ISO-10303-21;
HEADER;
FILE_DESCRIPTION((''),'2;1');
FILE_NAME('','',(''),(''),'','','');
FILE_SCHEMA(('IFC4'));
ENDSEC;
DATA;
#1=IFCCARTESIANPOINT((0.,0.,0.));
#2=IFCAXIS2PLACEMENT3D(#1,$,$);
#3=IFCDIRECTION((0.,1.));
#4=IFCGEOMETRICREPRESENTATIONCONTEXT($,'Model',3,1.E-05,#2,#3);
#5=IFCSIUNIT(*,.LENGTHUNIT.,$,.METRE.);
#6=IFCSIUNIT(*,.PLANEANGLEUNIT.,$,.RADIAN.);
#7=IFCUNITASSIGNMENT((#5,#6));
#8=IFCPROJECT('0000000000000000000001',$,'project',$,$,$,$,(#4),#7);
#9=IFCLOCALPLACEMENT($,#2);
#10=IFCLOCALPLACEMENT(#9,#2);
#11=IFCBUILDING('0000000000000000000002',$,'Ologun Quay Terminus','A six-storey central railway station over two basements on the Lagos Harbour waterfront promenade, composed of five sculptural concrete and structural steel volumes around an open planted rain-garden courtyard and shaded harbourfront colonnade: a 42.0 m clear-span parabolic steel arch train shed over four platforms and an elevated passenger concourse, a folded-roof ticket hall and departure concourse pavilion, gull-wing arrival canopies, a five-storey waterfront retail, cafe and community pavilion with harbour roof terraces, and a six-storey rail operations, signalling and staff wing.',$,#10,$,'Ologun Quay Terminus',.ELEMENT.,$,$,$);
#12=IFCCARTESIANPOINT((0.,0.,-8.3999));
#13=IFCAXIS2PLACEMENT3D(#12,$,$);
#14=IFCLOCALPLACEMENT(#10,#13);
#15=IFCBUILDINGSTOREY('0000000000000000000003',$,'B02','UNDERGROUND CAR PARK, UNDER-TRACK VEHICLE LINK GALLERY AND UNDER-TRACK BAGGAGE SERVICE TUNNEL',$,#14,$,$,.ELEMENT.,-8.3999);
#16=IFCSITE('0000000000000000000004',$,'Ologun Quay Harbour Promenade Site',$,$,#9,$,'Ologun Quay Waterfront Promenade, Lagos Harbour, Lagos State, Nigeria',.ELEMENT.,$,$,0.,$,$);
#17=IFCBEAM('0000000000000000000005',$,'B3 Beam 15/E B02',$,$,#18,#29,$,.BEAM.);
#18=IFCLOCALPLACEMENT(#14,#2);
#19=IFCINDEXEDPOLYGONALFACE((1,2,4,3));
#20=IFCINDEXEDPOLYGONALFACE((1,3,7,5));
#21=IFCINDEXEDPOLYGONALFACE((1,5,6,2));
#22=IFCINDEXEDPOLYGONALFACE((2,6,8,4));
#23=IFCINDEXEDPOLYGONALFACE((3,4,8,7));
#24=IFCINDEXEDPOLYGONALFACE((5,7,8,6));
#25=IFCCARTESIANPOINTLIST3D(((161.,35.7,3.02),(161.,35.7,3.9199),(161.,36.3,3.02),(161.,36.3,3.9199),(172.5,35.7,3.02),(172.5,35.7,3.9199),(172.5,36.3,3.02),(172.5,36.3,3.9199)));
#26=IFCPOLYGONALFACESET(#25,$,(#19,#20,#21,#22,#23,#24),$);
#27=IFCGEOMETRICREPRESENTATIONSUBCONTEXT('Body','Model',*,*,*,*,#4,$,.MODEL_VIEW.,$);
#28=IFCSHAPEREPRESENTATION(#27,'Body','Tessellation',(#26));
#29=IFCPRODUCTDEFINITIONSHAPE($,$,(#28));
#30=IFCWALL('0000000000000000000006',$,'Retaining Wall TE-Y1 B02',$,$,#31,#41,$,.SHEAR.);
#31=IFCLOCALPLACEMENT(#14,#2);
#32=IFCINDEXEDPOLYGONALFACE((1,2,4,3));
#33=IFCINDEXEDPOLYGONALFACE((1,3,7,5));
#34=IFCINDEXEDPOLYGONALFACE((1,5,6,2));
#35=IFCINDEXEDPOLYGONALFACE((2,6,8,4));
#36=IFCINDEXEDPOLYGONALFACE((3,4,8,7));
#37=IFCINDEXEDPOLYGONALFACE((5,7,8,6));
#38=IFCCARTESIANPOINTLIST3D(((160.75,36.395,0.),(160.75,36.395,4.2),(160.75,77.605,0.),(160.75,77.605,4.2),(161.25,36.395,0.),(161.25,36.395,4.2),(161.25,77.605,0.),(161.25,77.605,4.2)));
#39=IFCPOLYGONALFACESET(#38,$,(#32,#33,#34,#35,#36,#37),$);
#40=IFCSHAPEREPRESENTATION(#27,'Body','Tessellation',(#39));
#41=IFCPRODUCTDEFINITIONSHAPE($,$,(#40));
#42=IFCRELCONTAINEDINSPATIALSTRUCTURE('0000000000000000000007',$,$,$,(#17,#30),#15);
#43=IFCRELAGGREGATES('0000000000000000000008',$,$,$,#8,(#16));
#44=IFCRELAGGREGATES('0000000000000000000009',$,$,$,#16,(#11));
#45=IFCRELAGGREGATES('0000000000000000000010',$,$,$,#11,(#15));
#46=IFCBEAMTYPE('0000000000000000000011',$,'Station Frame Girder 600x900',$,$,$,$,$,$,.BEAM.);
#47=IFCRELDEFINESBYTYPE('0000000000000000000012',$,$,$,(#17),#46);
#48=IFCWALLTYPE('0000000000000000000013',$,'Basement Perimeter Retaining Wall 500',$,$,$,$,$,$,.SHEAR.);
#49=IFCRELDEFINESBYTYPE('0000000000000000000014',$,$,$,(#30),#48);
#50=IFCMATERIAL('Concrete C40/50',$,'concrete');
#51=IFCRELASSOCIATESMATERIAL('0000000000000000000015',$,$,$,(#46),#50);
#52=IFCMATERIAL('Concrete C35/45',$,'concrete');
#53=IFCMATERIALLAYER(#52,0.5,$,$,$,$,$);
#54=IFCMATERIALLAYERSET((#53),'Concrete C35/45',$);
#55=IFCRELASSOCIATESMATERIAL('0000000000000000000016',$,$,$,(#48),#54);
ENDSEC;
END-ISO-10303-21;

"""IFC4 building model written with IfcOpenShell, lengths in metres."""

from ifc_helpers import new_model, si_unit, direction, frame, frame_2d, origin, origin_2d, place, context, subcontext, project, spatial, rectangle, extrude, material, layer, layer_set, material_profile, profile_set, type_object, element, save


model = new_model("IFC4")

# Units and contexts
model_context = context("Model", 3, precision=1e-05, world=origin(), true_north=direction((0.0, 1.0)))
body_context = subcontext(model_context, "Body", "Model", "MODEL_VIEW")
ifc_project = project(units=[si_unit("LENGTHUNIT", "METRE"), si_unit("PLANEANGLEUNIT", "RADIAN")], contexts=[model_context])

# Site, building, storey
site_placement = place(None, origin())
site = spatial("IfcSite", under=ifc_project, at=site_placement, Name="Ologun Quay Harbour Promenade Site", LongName="Ologun Quay Waterfront Promenade, Lagos Harbour, Lagos State, Nigeria", CompositionType="ELEMENT", RefElevation=0.0)
building_placement = place(site_placement, origin())
building = spatial("IfcBuilding", under=site, at=building_placement, Name="Ologun Quay Terminus", Description="A six-storey central railway station over two basements on the Lagos Harbour waterfront promenade, composed of five sculptural concrete and structural steel volumes around an open planted rain-garden courtyard and shaded harbourfront colonnade: a 42.0 m clear-span parabolic steel arch train shed over four platforms and an elevated passenger concourse, a folded-roof ticket hall and departure concourse pavilion, gull-wing arrival canopies, a five-storey waterfront retail, cafe and community pavilion with harbour roof terraces, and a six-storey rail operations, signalling and staff wing.", LongName="Ologun Quay Terminus", CompositionType="ELEMENT")
storey_placement = place(building_placement, frame((0.0, 0.0, -8.3999)))
storey = spatial("IfcBuildingStorey", under=building, at=storey_placement, Name="B02", Description="UNDERGROUND CAR PARK, UNDER-TRACK VEHICLE LINK GALLERY AND UNDER-TRACK BAGGAGE SERVICE TUNNEL", CompositionType="ELEMENT", Elevation=-8.3999)

# Beam
ifc_material_1 = material(Name="Concrete C40/50", Category="concrete")
ifc_material_profile_1 = material_profile(ifc_material_1, rectangle(XDim=0.6001, YDim=0.8999, at=origin_2d()), Name="RC 600x900")
ifc_profile_set_1 = profile_set([ifc_material_profile_1], Name="Concrete C40/50")
beam_type_1 = type_object("IfcBeamType", Name="Station Frame Girder 600x900", PredefinedType="BEAM", material=ifc_profile_set_1)
beam_1_placement = place(storey_placement, frame((161.0, 36.0, 3.47), z_axis=(1.0, 0.0, 0.0), x_axis=(0.0, 1.0, 0.0)))
element("IfcBeam", 1, at=beam_1_placement, inside=storey, type_object=beam_type_1, Name="B3 Beam 15/E B02", PredefinedType="BEAM", context=body_context, shape_type="SweptSolid", body=[
    extrude(rectangle(XDim=0.6001, YDim=0.8999, at=origin_2d()), origin(), (0.0, 0.0, 1.0), 11.5),
])

# Wall
ifc_material_2 = material(Name="Concrete C35/45", Category="concrete")
ifc_layer = layer(ifc_material_2, 0.5)
ifc_layer_set = layer_set([ifc_layer], Name="Concrete C35/45")
wall_type = type_object("IfcWallType", Name="Basement Perimeter Retaining Wall 500", PredefinedType="SHEAR", material=ifc_layer_set)
wall_placement = place(storey_placement, frame((161.0, 36.395, 0.0), z_axis=(0.0, 0.0, 1.0), x_axis=(0.0, 1.0, 0.0)))
element("IfcWall", 2, at=wall_placement, inside=storey, type_object=wall_type, Name="Retaining Wall TE-Y1 B02", PredefinedType="SHEAR", context=body_context, shape_type="SweptSolid", body=[
    extrude(rectangle(XDim=41.21, YDim=0.5, at=frame_2d((20.605, 0.0))), origin(), (0.0, 0.0, 1.0), 4.2),
])

save(model, "model.ifc")
